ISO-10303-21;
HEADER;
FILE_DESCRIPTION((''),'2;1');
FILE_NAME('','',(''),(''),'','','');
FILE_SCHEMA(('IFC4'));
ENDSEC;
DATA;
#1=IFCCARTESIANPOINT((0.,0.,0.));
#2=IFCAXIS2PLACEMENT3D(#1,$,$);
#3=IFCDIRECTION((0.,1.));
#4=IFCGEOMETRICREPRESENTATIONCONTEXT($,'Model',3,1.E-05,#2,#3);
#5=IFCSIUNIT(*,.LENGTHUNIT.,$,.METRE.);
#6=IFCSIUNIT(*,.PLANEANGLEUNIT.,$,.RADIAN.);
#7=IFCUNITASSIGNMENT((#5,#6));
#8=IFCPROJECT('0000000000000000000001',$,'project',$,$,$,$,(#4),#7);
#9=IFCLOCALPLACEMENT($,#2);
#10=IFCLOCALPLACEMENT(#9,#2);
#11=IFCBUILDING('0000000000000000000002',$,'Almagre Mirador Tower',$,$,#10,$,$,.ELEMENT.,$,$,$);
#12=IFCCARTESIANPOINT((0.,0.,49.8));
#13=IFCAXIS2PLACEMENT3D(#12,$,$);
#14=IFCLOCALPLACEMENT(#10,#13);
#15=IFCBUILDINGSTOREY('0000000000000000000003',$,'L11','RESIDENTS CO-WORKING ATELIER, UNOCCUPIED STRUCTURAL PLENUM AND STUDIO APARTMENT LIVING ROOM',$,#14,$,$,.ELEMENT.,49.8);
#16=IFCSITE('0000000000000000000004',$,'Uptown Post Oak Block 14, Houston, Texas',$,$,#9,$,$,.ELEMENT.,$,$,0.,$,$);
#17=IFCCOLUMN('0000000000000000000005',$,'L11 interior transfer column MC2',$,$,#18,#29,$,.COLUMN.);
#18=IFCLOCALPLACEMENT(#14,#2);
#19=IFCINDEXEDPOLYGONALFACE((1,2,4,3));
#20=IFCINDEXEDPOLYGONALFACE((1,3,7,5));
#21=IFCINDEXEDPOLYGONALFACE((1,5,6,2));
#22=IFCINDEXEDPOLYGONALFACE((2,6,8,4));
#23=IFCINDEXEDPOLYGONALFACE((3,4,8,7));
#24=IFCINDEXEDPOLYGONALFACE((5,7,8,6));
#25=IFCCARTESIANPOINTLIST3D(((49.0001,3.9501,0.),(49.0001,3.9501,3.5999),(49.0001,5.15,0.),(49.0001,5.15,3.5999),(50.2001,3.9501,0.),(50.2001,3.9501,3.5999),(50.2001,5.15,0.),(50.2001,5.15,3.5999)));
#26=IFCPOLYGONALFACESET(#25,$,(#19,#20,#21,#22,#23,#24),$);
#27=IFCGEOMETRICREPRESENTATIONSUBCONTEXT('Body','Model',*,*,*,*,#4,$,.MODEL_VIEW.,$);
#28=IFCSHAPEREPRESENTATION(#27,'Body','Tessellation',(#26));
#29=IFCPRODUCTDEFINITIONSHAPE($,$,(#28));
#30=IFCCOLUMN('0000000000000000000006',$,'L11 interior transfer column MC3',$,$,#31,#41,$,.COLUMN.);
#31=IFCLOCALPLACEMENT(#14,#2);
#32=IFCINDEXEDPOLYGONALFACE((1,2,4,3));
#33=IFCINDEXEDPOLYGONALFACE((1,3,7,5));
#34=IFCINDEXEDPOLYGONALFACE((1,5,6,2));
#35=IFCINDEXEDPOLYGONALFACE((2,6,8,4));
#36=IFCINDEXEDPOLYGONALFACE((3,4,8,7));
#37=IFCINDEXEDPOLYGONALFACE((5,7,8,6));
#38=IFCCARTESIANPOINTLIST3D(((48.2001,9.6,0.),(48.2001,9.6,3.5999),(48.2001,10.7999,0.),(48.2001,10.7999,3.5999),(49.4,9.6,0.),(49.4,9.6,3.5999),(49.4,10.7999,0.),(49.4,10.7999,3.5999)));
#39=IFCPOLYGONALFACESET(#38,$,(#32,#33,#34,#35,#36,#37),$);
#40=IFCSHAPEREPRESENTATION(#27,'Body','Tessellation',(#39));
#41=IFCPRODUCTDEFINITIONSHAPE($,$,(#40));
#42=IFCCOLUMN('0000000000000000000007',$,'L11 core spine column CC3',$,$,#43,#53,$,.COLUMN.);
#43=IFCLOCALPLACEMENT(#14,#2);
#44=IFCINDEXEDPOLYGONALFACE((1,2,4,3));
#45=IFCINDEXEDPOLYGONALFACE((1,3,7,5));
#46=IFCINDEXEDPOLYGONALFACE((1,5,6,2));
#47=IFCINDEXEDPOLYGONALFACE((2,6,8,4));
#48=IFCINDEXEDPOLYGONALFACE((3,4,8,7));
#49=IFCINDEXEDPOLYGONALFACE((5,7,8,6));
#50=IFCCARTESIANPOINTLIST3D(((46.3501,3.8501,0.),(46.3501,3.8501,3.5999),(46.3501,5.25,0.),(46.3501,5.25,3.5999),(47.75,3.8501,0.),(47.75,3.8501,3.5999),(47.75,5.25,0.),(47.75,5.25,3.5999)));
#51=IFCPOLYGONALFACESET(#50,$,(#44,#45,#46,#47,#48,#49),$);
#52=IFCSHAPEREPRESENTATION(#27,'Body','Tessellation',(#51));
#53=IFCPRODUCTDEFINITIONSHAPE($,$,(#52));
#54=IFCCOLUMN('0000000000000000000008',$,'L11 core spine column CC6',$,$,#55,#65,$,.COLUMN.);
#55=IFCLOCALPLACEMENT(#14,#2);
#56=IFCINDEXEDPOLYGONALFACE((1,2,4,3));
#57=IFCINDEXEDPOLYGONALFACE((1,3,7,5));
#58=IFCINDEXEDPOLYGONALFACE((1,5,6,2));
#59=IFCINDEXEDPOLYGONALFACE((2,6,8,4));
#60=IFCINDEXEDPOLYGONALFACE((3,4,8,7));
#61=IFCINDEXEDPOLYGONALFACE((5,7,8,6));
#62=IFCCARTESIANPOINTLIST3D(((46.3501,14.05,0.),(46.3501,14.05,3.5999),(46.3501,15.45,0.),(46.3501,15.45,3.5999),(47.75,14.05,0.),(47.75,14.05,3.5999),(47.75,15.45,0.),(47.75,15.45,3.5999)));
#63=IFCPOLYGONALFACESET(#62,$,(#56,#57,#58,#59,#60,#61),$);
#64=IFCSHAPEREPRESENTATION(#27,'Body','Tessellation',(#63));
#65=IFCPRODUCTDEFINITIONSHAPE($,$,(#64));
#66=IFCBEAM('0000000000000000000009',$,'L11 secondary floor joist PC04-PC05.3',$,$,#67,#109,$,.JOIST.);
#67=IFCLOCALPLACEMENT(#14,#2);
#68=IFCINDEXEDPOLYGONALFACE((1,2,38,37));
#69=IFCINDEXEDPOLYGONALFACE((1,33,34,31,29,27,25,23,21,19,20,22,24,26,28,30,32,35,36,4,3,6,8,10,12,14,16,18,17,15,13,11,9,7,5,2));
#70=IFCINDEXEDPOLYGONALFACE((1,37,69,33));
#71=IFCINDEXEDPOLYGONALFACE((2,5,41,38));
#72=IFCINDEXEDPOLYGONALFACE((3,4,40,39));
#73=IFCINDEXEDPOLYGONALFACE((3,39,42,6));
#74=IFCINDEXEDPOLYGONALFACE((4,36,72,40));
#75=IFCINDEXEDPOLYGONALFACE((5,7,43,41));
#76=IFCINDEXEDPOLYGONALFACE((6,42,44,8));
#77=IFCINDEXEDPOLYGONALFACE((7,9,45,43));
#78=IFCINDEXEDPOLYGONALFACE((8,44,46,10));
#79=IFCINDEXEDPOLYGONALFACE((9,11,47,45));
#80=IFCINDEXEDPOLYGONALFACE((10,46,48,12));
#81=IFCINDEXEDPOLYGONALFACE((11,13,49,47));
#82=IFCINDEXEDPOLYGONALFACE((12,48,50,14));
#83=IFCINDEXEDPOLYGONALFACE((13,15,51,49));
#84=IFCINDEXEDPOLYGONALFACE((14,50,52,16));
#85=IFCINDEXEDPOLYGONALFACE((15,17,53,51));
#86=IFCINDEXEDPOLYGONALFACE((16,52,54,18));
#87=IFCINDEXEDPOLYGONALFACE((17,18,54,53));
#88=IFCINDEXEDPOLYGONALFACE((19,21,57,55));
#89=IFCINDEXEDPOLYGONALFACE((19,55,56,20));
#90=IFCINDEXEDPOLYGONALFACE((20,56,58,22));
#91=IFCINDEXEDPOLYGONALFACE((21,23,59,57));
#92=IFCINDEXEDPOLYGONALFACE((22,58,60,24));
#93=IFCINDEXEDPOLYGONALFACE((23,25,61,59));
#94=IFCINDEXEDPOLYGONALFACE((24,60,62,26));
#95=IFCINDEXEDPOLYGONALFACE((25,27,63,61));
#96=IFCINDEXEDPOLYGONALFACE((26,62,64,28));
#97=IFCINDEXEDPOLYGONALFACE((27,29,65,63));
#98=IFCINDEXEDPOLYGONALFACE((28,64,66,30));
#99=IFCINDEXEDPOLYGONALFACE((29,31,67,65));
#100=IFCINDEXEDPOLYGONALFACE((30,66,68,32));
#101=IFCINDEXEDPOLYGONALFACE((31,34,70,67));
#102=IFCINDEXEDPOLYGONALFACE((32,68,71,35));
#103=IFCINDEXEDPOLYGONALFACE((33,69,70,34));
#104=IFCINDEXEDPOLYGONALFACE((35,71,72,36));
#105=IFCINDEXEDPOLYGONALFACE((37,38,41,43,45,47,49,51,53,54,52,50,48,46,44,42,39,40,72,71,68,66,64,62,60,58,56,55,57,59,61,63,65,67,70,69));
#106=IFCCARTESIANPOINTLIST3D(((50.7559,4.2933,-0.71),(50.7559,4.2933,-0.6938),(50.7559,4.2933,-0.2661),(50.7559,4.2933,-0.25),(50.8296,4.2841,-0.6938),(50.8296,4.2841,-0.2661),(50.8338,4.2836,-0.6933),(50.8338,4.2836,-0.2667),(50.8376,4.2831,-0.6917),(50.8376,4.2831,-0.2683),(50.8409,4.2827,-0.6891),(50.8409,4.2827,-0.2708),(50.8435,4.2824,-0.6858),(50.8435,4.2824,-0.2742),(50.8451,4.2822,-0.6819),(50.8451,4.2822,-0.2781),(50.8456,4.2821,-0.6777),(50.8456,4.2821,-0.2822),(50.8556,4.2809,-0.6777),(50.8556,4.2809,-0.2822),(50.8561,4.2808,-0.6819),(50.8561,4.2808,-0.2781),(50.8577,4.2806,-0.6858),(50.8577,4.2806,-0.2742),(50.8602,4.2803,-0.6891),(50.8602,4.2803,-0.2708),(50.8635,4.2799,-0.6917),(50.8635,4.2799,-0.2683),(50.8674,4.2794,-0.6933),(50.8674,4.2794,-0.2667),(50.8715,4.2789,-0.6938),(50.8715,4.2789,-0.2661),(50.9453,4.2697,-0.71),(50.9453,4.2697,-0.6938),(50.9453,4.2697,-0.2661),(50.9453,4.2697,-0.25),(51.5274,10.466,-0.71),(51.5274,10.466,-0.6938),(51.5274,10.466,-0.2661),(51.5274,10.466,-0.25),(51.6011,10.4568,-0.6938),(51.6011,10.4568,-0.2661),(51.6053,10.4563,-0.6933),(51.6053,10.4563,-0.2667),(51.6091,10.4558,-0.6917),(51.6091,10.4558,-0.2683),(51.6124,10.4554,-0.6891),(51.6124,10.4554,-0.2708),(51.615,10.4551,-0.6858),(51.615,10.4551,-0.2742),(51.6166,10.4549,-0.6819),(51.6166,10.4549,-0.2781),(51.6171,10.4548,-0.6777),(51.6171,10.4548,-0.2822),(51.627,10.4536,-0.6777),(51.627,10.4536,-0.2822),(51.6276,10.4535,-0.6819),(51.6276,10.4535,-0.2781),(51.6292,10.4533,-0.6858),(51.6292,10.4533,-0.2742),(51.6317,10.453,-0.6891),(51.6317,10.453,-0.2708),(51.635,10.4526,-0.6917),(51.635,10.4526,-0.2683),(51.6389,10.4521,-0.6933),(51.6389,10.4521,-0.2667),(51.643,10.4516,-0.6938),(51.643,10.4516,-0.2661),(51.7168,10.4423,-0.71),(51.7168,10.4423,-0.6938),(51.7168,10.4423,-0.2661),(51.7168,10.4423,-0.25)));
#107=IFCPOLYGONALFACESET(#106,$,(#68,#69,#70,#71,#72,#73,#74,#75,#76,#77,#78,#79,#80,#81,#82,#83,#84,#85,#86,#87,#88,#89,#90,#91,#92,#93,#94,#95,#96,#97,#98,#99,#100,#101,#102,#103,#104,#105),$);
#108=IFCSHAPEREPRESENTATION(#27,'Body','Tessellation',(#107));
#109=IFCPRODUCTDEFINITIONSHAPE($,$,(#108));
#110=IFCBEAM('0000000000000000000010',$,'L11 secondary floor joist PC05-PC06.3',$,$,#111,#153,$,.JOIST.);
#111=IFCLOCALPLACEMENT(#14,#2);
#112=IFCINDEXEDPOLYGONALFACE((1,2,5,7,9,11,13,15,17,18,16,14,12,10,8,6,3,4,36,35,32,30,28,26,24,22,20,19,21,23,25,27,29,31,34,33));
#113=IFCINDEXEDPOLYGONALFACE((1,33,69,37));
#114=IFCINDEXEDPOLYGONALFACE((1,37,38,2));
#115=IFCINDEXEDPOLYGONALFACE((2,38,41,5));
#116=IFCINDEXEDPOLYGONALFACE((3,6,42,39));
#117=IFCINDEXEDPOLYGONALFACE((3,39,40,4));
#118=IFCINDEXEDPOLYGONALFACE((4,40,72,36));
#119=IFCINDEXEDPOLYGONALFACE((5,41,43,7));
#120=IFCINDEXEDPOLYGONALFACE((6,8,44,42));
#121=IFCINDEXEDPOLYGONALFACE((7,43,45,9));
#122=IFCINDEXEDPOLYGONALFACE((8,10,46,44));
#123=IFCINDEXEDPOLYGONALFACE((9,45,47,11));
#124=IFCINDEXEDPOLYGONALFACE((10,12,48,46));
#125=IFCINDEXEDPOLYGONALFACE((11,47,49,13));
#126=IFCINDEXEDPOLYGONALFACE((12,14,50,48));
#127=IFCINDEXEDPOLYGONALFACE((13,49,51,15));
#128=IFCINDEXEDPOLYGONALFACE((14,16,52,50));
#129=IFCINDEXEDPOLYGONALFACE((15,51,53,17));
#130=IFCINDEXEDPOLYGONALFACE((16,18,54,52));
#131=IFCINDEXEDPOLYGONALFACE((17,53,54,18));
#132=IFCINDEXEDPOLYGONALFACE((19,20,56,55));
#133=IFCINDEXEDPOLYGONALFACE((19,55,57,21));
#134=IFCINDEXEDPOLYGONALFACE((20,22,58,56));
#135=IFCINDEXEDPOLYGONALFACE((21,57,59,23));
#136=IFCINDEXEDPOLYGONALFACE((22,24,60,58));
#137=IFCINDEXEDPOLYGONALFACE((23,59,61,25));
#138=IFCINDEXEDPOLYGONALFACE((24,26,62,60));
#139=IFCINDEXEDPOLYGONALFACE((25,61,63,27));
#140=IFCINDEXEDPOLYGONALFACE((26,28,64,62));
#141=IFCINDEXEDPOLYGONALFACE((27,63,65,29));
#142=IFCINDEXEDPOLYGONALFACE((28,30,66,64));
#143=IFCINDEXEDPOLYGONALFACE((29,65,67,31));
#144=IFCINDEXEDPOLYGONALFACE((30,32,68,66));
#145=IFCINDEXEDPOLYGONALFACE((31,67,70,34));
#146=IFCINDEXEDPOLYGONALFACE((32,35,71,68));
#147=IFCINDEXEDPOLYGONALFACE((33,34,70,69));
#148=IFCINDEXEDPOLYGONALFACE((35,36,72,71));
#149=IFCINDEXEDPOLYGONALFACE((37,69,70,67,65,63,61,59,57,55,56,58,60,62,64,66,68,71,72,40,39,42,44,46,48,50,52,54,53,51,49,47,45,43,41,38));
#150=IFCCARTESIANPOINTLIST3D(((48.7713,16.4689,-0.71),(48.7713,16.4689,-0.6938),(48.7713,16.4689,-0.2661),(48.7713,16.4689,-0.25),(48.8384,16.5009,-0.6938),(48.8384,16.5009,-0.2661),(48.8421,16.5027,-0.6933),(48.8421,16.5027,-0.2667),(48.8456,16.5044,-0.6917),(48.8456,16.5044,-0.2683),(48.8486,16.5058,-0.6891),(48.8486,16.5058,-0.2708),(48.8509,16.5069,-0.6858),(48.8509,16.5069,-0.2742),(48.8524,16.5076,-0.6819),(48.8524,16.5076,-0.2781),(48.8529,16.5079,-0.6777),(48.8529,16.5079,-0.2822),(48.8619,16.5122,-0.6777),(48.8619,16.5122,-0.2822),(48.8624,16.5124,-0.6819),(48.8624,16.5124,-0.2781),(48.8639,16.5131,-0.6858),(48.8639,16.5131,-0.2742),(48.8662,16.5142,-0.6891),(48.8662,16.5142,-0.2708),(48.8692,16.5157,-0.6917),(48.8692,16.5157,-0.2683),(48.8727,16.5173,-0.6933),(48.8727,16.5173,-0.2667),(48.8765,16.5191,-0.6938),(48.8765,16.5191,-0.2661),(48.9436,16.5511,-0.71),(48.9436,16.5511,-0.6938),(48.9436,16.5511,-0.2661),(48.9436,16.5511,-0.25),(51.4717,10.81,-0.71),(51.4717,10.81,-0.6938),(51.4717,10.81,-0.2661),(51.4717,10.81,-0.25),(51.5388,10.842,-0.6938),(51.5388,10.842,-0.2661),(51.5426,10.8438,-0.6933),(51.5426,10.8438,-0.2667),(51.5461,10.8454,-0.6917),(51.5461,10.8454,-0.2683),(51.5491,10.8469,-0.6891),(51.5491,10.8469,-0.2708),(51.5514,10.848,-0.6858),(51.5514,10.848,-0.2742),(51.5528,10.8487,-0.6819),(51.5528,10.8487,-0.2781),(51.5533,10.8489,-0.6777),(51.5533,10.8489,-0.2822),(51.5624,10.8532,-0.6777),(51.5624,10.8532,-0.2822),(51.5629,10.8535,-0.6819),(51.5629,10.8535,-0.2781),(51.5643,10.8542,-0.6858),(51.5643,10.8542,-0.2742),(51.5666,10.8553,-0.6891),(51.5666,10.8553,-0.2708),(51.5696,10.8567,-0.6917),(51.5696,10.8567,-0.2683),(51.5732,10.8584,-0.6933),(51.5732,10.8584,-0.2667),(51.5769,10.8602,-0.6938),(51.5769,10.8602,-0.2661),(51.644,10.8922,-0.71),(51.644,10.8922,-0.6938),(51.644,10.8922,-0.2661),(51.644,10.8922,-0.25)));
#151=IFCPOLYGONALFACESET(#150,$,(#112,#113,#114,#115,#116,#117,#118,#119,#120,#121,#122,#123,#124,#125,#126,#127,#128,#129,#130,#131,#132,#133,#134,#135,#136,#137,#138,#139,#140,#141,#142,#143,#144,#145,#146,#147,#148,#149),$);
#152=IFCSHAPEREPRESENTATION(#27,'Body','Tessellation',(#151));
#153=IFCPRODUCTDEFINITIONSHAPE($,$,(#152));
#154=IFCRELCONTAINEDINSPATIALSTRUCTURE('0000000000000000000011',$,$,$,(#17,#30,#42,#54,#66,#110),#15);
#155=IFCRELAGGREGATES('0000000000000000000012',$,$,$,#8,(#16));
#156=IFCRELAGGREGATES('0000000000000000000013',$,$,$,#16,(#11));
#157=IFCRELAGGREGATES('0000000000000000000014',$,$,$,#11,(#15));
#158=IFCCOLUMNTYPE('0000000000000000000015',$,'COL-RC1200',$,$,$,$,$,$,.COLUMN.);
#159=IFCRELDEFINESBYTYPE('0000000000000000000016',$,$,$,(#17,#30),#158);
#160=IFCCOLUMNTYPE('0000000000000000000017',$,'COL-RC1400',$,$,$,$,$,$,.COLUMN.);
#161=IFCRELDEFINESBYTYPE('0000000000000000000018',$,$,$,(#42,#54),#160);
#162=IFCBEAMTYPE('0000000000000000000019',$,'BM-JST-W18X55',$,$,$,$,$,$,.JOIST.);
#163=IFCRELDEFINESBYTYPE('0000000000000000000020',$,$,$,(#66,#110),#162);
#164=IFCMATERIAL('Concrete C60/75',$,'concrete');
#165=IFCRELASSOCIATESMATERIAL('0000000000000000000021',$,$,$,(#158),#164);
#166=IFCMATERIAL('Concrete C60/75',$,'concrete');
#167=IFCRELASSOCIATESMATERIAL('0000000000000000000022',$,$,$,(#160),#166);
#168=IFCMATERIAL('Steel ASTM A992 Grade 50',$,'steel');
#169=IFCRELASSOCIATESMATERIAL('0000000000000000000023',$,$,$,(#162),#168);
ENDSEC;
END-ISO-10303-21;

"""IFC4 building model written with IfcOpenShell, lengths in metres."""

from ifc_helpers import new_model, si_unit, direction, frame, origin, origin_2d, place, context, subcontext, project, spatial, rectangle, i_section, extrude, material, material_profile, profile_set, type_object, element, save


model = new_model("IFC4")

# Units and contexts
model_context = context("Model", 3, precision=1e-05, world=origin(), true_north=direction((0.0, 1.0)))
body_context = subcontext(model_context, "Body", "Model", "MODEL_VIEW")
ifc_project = project(units=[si_unit("LENGTHUNIT", "METRE"), si_unit("PLANEANGLEUNIT", "RADIAN")], contexts=[model_context])

# Site, building, storey
site_placement = place(None, origin())
site = spatial("IfcSite", under=ifc_project, at=site_placement, Name="Uptown Post Oak Block 14, Houston, Texas", CompositionType="ELEMENT", RefElevation=0.0)
building_placement = place(site_placement, origin())
building = spatial("IfcBuilding", under=site, at=building_placement, Name="Almagre Mirador Tower", CompositionType="ELEMENT")
storey_placement = place(building_placement, frame((0.0, 0.0, 49.8)))
storey = spatial("IfcBuildingStorey", under=building, at=storey_placement, Name="L11", Description="RESIDENTS CO-WORKING ATELIER, UNOCCUPIED STRUCTURAL PLENUM AND STUDIO APARTMENT LIVING ROOM", CompositionType="ELEMENT", Elevation=49.8)

# Columns
ifc_material_1 = material(Name="Concrete C60/75", Category="concrete")
ifc_material_profile_1 = material_profile(ifc_material_1, rectangle(XDim=1.2, YDim=1.2, at=origin_2d()), Name="RC1200X1200")
ifc_profile_set_1 = profile_set([ifc_material_profile_1], Name="Concrete C60/75")
column_type_1 = type_object("IfcColumnType", Name="COL-RC1200", PredefinedType="COLUMN", material=ifc_profile_set_1)
for number, where, z_axis, x_axis, name in (
    (1, (49.6001, 4.55, 0.0), (0.0, 0.0, 1.0), (1.0, 0.0, 0.0), "L11 interior transfer column MC2"),
    (2, (48.8, 10.2, 0.0), (0.0, 0.0, 1.0), (1.0, 0.0, 0.0), "L11 interior transfer column MC3"),
):
    element("IfcColumn", number, at=place(storey_placement, frame(where, z_axis=z_axis, x_axis=x_axis)), inside=storey, type_object=column_type_1, Name=name, PredefinedType="COLUMN", context=body_context, shape_type="SweptSolid", body=[
        extrude(rectangle(XDim=1.2, YDim=1.2, at=origin_2d()), origin(), (0.0, 0.0, 1.0), 3.5999),
    ])
ifc_material_2 = material(Name="Concrete C60/75", Category="concrete")
ifc_material_profile_2 = material_profile(ifc_material_2, rectangle(XDim=1.3999, YDim=1.3999, at=origin_2d()), Name="RC1400X1400")
ifc_profile_set_2 = profile_set([ifc_material_profile_2], Name="Concrete C60/75")
column_type_2 = type_object("IfcColumnType", Name="COL-RC1400", PredefinedType="COLUMN", material=ifc_profile_set_2)
for number, where, z_axis, x_axis, name in (
    (3, (47.05, 4.55, 0.0), (0.0, 0.0, 1.0), (1.0, 0.0, 0.0), "L11 core spine column CC3"),
    (4, (47.05, 14.75, 0.0), (0.0, 0.0, 1.0), (1.0, 0.0, 0.0), "L11 core spine column CC6"),
):
    element("IfcColumn", number, at=place(storey_placement, frame(where, z_axis=z_axis, x_axis=x_axis)), inside=storey, type_object=column_type_2, Name=name, PredefinedType="COLUMN", context=body_context, shape_type="SweptSolid", body=[
        extrude(rectangle(XDim=1.3999, YDim=1.3999, at=origin_2d()), origin(), (0.0, 0.0, 1.0), 3.5999),
    ])

# Beams
ifc_material_3 = material(Name="Steel ASTM A992 Grade 50", Category="steel")
ifc_material_profile_3 = material_profile(ifc_material_3, i_section(OverallWidth=0.1909, OverallDepth=0.46, WebThickness=0.01, FlangeThickness=0.0161, FilletRadius=0.0161, at=origin_2d()), Name="W18X55")
ifc_profile_set_3 = profile_set([ifc_material_profile_3], Name="Steel ASTM A992 Grade 50")
beam_type_1 = type_object("IfcBeamType", Name="BM-JST-W18X55", PredefinedType="JOIST", material=ifc_profile_set_3)
beam_1_placement = place(storey_placement, frame((50.8506, 4.2815, -0.48), z_axis=(0.12402, 0.99228, 0.0), x_axis=(-0.99228, 0.12402, 0.0)))
element("IfcBeam", 5, at=beam_1_placement, inside=storey, type_object=beam_type_1, Name="L11 secondary floor joist PC04-PC05.3", PredefinedType="JOIST", context=body_context, shape_type="SweptSolid", body=[
    extrude(i_section(OverallWidth=0.1909, OverallDepth=0.46, WebThickness=0.01, FlangeThickness=0.0161, FilletRadius=0.0161, at=origin_2d()), origin(), (0.0, 0.0, 1.0), 6.2207),
])
beam_2_placement = place(storey_placement, frame((51.5579, 10.8511, -0.48), z_axis=(-0.430676, 0.902507, 0.0), x_axis=(-0.902507, -0.430676, 0.0)))
element("IfcBeam", 6, at=beam_2_placement, inside=storey, type_object=beam_type_1, Name="L11 secondary floor joist PC05-PC06.3", PredefinedType="JOIST", context=body_context, shape_type="SweptSolid", body=[
    extrude(i_section(OverallWidth=0.1909, OverallDepth=0.46, WebThickness=0.01, FlangeThickness=0.0161, FilletRadius=0.0161, at=origin_2d()), origin(), (0.0, 0.0, 1.0), 6.2703),
])

save(model, "model.ifc")
